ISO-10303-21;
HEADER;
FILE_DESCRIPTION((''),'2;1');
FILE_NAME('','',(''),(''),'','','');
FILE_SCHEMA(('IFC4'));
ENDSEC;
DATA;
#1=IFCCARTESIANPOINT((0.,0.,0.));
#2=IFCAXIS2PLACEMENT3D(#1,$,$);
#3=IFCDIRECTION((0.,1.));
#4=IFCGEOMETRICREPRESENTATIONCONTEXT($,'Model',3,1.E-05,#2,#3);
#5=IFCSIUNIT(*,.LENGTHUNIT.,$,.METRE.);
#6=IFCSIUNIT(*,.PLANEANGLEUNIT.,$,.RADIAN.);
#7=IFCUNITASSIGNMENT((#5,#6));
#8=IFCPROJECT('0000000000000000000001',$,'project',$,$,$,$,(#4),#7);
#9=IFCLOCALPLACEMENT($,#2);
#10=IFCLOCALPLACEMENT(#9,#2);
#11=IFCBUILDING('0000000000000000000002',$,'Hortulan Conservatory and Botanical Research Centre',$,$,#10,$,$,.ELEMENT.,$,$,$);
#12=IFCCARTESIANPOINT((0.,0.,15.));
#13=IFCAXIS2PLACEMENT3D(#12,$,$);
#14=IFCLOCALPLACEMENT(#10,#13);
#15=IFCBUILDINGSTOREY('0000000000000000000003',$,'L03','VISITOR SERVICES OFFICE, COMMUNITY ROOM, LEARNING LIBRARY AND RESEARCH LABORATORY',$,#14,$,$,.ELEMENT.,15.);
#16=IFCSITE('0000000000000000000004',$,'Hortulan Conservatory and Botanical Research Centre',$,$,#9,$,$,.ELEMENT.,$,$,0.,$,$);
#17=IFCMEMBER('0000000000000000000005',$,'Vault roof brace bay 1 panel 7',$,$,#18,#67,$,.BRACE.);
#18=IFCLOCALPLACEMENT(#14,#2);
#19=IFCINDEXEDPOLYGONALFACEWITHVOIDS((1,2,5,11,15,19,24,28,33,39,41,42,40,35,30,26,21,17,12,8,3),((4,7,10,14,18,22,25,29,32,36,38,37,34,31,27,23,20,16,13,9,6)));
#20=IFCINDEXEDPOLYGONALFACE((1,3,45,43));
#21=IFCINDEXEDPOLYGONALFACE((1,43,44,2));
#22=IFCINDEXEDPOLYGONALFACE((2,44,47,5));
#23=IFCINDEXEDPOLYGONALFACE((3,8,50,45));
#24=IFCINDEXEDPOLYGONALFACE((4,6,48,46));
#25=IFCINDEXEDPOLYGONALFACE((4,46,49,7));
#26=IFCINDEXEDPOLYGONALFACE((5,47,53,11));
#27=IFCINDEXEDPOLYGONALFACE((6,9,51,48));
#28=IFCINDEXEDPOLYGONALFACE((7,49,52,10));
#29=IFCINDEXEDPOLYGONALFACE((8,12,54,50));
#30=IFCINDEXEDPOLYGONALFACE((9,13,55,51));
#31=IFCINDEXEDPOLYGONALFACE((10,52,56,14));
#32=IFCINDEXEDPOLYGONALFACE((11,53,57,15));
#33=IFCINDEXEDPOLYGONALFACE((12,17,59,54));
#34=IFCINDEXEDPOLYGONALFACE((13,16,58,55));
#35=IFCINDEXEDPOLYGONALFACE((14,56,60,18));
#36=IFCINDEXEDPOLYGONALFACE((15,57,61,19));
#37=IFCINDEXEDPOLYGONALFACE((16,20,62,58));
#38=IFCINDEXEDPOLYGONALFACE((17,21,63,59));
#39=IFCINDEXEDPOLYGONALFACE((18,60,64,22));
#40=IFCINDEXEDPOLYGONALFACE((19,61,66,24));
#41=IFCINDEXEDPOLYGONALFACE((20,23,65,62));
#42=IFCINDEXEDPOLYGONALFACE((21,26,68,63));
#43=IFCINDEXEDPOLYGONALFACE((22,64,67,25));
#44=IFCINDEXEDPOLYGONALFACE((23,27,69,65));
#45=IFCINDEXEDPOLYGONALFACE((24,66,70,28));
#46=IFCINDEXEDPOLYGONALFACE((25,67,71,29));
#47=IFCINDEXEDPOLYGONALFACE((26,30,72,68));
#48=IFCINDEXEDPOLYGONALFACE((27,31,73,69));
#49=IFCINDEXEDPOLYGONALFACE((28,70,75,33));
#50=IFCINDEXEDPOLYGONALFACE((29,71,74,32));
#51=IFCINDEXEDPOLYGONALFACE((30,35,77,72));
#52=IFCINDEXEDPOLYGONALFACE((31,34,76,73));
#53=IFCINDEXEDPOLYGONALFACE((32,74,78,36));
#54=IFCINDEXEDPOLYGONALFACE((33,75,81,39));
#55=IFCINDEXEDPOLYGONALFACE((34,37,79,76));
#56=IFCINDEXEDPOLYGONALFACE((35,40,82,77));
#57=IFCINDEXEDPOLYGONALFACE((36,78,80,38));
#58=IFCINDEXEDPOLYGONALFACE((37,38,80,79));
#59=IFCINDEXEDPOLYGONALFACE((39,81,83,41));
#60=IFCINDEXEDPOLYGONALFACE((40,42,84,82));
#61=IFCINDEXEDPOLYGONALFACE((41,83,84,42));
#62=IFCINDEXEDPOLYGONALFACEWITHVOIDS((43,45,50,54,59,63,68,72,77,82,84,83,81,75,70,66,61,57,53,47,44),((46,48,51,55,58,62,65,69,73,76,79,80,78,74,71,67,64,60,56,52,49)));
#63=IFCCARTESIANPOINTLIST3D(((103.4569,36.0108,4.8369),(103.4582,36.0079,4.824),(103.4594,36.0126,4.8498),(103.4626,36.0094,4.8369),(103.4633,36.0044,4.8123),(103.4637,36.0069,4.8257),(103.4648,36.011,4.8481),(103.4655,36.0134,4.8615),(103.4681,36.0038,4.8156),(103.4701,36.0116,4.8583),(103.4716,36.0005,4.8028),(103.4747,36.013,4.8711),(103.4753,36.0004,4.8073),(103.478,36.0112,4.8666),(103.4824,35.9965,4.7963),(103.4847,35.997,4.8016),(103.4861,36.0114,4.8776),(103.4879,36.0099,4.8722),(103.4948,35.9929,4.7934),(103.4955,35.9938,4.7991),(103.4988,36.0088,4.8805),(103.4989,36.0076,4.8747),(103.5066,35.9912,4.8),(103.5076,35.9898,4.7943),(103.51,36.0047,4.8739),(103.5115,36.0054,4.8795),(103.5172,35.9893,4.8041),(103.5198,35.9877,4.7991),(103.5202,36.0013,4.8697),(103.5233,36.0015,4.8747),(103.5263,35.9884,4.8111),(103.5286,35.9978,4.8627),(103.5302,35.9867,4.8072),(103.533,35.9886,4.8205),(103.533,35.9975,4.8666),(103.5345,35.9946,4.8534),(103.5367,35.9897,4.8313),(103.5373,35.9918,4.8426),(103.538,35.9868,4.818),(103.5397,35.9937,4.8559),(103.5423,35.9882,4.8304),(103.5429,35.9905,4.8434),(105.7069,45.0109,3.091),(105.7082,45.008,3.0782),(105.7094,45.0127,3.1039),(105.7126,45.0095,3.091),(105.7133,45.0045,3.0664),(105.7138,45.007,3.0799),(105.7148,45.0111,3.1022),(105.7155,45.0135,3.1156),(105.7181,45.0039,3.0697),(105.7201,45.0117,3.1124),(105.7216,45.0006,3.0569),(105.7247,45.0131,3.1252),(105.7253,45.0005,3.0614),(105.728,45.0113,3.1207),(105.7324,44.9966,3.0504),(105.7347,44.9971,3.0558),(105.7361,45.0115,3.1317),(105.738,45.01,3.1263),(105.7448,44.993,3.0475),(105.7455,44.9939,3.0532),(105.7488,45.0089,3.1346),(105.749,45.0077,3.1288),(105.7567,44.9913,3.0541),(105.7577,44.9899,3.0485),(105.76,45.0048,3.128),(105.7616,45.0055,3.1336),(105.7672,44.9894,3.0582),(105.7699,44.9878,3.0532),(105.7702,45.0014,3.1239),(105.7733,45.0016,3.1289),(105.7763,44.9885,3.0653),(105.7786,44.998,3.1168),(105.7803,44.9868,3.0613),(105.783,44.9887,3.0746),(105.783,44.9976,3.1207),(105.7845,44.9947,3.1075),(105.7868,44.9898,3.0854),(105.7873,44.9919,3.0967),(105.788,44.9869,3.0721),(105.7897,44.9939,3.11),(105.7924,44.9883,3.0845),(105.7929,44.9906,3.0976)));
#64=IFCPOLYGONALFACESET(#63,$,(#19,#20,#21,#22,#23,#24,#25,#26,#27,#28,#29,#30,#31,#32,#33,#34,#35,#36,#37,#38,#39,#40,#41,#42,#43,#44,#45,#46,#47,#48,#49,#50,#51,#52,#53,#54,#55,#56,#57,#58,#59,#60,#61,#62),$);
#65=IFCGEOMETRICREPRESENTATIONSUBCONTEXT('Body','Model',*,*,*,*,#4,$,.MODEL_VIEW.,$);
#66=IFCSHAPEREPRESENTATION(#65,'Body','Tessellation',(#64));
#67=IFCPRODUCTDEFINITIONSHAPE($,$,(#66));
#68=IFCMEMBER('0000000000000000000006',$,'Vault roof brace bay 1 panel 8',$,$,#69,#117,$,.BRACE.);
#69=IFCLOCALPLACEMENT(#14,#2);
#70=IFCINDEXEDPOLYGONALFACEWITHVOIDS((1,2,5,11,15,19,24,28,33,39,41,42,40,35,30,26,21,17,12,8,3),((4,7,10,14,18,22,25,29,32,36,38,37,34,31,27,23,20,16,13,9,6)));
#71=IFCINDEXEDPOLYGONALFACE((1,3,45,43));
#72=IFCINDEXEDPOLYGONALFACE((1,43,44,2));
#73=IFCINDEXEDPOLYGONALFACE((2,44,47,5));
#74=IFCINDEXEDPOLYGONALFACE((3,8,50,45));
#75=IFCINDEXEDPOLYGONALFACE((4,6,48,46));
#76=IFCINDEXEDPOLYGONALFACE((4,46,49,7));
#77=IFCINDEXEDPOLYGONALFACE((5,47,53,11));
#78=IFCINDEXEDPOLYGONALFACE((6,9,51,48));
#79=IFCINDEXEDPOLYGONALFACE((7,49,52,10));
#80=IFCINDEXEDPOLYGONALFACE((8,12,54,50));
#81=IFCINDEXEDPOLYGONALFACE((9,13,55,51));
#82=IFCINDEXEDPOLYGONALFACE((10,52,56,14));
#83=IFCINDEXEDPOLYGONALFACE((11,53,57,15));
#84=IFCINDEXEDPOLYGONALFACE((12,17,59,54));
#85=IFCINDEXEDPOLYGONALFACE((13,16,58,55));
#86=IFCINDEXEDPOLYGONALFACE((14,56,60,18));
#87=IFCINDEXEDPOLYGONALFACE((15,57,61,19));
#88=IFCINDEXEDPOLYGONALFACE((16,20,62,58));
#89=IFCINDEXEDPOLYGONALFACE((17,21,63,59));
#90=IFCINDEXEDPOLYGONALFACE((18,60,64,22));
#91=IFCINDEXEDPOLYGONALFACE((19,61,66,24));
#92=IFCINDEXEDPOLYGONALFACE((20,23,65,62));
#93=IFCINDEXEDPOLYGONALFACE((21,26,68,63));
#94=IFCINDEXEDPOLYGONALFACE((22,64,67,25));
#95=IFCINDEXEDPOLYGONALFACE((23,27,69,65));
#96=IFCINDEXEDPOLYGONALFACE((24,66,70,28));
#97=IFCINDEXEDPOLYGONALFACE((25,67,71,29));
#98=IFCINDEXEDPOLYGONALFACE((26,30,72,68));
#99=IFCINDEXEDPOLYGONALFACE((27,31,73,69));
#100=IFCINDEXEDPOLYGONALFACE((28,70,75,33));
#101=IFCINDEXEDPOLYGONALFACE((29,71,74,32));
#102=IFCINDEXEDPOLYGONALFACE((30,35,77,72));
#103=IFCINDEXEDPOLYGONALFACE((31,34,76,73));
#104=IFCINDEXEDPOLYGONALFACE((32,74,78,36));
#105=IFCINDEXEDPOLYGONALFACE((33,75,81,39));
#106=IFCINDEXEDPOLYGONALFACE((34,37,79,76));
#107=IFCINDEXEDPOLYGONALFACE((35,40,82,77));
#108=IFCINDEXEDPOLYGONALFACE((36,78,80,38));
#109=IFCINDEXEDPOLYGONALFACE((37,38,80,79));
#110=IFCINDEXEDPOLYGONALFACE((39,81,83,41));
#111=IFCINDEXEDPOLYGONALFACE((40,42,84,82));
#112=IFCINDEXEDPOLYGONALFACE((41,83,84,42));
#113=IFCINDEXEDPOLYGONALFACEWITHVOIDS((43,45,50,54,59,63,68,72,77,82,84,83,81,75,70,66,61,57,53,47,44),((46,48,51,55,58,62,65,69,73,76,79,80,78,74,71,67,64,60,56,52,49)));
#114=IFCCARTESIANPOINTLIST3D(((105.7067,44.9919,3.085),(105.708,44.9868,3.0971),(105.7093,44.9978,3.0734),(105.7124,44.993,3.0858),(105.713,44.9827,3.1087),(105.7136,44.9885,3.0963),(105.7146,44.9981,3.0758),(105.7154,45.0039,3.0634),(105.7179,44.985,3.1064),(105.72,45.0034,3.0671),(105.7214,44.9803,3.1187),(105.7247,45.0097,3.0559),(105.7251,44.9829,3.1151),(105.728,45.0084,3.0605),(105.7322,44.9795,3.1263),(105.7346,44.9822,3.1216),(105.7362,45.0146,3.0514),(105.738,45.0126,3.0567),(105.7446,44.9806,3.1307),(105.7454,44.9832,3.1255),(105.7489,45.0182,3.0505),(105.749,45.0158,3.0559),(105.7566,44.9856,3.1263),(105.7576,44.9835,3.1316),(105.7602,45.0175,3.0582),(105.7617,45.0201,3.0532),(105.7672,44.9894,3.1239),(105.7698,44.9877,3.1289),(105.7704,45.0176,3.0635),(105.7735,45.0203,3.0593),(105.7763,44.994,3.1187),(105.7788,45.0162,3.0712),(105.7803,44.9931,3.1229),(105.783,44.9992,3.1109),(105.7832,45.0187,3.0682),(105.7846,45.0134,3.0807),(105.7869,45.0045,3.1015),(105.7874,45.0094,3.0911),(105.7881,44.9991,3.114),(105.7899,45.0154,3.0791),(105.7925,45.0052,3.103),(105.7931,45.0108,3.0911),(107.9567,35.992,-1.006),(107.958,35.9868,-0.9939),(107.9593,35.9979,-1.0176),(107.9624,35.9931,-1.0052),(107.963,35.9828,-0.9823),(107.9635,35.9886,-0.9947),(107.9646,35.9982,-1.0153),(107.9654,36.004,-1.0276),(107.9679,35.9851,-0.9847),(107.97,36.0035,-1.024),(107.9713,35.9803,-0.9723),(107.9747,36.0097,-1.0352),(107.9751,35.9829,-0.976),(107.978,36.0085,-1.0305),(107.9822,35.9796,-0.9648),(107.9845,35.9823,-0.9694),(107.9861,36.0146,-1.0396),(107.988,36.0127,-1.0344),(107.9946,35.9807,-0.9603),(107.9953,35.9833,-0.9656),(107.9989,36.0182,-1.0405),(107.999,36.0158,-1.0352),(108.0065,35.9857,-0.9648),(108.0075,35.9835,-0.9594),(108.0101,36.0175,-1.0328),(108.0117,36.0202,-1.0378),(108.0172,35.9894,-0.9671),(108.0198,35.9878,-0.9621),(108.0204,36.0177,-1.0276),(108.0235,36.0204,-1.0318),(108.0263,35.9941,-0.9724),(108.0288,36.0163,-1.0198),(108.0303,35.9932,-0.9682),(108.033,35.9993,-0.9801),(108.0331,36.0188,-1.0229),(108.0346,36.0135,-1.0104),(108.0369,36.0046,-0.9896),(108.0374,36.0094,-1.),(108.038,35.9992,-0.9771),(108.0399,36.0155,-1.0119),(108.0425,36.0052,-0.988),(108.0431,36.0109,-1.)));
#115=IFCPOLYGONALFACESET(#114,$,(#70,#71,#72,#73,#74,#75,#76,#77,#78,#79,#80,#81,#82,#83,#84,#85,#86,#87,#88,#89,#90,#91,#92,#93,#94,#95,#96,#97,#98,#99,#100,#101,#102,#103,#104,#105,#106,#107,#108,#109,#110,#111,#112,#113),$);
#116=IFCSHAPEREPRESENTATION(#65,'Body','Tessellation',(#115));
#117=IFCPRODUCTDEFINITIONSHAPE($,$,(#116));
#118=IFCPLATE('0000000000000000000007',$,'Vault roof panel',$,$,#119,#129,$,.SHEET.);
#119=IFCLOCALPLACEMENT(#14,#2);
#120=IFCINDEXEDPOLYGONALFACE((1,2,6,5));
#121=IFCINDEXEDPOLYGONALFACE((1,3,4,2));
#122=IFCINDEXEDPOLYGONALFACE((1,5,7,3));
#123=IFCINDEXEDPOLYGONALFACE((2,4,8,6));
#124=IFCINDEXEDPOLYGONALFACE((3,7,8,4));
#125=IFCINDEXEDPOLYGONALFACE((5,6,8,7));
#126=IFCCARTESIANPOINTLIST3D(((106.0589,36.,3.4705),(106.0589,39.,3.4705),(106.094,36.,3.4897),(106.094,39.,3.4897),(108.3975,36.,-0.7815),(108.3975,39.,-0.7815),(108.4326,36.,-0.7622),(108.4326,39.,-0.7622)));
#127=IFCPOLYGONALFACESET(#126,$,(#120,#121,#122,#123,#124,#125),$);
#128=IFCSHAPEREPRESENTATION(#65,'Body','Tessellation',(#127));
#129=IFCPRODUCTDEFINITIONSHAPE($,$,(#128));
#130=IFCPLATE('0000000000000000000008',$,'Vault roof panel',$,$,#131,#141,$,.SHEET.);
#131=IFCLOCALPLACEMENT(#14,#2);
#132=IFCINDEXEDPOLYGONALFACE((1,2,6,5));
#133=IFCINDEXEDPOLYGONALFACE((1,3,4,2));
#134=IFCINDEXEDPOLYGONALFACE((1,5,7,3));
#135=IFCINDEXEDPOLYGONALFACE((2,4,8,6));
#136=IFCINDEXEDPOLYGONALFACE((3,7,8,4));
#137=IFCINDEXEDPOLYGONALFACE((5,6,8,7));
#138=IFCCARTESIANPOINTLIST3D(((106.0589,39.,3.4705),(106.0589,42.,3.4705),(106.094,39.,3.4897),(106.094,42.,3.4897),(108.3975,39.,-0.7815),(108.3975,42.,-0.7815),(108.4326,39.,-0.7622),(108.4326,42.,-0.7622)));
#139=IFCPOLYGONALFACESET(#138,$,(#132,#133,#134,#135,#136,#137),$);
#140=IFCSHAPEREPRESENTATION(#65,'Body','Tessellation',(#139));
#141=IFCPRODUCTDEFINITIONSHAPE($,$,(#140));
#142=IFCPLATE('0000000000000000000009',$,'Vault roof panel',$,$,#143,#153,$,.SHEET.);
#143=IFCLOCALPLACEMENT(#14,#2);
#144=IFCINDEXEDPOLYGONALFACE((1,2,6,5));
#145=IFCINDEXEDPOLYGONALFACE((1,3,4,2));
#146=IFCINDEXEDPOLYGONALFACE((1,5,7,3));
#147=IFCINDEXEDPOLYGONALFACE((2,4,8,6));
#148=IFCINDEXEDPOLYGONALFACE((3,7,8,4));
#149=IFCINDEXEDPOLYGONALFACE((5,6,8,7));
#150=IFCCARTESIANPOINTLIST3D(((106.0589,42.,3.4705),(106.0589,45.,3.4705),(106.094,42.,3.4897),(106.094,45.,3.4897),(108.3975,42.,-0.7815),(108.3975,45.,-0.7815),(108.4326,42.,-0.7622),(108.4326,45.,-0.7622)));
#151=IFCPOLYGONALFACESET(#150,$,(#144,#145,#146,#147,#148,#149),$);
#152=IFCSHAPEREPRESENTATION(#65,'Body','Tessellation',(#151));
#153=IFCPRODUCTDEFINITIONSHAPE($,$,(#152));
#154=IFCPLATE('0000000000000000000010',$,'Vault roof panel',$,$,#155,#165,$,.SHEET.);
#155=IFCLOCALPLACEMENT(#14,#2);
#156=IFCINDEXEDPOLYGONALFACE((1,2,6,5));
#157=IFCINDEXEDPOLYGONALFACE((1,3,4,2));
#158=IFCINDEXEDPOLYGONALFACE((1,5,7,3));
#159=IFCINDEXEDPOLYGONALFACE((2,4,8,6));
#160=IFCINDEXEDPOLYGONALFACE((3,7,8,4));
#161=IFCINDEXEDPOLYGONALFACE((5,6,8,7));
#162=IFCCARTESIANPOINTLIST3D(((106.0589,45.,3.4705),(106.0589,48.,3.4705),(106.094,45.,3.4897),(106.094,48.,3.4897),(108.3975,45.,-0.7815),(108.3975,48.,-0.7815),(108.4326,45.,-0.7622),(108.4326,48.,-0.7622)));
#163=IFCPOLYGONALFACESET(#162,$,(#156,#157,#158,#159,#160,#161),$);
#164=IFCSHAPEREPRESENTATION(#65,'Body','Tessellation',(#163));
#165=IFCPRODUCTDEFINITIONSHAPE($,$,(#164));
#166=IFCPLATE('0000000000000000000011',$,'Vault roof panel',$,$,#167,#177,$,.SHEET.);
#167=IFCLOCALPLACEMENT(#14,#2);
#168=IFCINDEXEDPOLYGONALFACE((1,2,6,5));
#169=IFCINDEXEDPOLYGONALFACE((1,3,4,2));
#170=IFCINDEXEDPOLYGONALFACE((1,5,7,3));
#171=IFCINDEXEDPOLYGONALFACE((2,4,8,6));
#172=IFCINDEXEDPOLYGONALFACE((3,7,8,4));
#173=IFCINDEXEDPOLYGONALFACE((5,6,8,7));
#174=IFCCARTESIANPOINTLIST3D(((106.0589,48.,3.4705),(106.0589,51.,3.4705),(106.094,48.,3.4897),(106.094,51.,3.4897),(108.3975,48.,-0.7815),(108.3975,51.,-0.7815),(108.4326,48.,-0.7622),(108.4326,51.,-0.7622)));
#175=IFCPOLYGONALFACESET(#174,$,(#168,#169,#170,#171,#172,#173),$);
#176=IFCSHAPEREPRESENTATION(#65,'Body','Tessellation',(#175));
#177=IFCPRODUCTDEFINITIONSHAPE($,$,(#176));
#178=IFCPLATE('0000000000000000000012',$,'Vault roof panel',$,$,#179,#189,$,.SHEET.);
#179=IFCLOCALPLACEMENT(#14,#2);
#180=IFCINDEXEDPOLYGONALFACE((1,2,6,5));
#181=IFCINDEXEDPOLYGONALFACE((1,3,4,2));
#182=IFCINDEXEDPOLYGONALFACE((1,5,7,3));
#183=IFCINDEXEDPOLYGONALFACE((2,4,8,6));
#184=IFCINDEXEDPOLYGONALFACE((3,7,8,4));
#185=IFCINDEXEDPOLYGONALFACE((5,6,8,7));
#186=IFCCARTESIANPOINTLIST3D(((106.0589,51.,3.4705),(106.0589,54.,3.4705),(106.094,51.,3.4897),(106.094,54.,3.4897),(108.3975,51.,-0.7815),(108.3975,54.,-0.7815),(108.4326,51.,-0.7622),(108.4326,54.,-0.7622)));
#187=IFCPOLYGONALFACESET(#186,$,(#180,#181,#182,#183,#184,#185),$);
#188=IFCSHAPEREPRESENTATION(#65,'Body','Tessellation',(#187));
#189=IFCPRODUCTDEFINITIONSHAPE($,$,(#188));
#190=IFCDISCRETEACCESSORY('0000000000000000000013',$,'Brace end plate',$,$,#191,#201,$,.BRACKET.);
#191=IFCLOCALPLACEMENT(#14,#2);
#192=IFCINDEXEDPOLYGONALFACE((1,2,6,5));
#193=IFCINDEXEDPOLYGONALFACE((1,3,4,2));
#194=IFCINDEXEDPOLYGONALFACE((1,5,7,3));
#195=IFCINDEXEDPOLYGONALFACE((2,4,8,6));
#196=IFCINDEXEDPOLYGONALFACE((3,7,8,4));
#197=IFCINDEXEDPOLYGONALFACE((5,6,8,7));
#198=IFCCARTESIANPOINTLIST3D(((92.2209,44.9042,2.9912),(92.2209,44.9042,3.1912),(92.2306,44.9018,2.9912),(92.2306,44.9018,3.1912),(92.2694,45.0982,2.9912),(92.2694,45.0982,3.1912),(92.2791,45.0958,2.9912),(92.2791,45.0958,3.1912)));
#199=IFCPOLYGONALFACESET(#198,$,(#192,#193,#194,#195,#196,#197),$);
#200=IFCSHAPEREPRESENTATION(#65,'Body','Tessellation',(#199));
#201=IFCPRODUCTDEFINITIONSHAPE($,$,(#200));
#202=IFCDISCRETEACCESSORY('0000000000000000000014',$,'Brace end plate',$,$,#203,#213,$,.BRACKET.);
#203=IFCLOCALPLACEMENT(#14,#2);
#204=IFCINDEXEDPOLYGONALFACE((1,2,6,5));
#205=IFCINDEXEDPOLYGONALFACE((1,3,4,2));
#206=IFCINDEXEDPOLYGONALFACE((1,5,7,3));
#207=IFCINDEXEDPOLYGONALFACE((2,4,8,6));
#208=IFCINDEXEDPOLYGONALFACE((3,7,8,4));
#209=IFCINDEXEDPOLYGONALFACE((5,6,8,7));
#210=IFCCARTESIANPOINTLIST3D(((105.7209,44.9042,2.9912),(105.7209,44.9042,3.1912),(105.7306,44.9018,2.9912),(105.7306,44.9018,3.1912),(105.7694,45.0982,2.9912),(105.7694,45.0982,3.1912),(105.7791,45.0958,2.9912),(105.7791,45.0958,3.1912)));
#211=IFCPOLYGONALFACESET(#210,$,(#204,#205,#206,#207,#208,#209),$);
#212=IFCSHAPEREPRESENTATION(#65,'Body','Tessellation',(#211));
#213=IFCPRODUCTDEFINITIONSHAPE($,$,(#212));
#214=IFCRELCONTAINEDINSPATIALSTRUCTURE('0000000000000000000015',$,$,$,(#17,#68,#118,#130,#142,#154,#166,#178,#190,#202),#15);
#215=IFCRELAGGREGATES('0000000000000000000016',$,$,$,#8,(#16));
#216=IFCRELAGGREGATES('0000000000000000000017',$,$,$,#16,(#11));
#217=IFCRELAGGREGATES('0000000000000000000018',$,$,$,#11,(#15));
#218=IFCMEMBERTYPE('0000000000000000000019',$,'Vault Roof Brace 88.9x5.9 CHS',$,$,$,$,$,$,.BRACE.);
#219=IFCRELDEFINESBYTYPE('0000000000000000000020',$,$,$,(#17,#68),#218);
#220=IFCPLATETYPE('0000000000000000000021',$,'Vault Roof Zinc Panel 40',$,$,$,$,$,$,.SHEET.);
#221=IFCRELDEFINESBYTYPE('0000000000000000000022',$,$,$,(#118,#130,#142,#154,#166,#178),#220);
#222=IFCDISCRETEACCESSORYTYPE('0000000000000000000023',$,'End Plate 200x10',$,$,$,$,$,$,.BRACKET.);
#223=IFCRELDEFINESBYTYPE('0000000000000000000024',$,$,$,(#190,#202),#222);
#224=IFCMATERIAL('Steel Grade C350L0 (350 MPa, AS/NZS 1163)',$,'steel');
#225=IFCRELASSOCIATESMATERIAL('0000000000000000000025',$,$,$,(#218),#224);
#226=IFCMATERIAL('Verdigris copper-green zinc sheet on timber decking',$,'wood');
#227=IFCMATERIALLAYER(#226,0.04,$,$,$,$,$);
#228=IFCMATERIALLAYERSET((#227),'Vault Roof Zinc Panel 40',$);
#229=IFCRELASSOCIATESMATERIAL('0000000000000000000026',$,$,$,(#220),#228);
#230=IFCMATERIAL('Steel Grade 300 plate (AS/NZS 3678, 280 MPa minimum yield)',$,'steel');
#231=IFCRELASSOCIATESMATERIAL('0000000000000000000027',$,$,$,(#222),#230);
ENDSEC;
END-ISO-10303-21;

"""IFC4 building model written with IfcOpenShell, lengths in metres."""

from ifc_helpers import new_model, si_unit, direction, frame, origin, origin_2d, place, context, subcontext, project, spatial, polyline, rectangle, hollow_circle, outline, extrude, material, layer, layer_set, material_profile, profile_set, type_object, element, save


model = new_model("IFC4")

# Units and contexts
model_context = context("Model", 3, precision=1e-05, world=origin(), true_north=direction((0.0, 1.0)))
body_context = subcontext(model_context, "Body", "Model", "MODEL_VIEW")
ifc_project = project(units=[si_unit("LENGTHUNIT", "METRE"), si_unit("PLANEANGLEUNIT", "RADIAN")], contexts=[model_context])

# Site, building, storey
site_placement = place(None, origin())
site = spatial("IfcSite", under=ifc_project, at=site_placement, Name="Hortulan Conservatory and Botanical Research Centre", CompositionType="ELEMENT", RefElevation=0.0)
building_placement = place(site_placement, origin())
building = spatial("IfcBuilding", under=site, at=building_placement, Name="Hortulan Conservatory and Botanical Research Centre", CompositionType="ELEMENT")
storey_placement = place(building_placement, frame((0.0, 0.0, 15.0)))
storey = spatial("IfcBuildingStorey", under=building, at=storey_placement, Name="L03", Description="VISITOR SERVICES OFFICE, COMMUNITY ROOM, LEARNING LIBRARY AND RESEARCH LABORATORY", CompositionType="ELEMENT", Elevation=15.0)

# Members
ifc_material_1 = material(Name="Steel Grade C350L0 (350 MPa, AS/NZS 1163)", Category="steel")
ifc_material_profile_1 = material_profile(ifc_material_1, hollow_circle(Radius=0.0444, WallThickness=0.0059, at=origin_2d()), Name="88.9x5.9CHS")
ifc_profile_set_1 = profile_set([ifc_material_profile_1], Name="Steel Grade C350L0 (350 MPa, AS/NZS 1163)")
member_type_1 = type_object("IfcMemberType", Name="Vault Roof Brace 88.9x5.9 CHS", PredefinedType="BRACE", material=ifc_profile_set_1)
for number, where, z_axis, x_axis, name in (
    (1, (103.5, 36.0, 4.8369), (0.238352, 0.953406, -0.184945), (-0.970143, 0.242536, 0.0), "Vault roof brace bay 1 panel 7"),
):
    element("IfcMember", number, at=place(storey_placement, frame(where, z_axis=z_axis, x_axis=x_axis)), inside=storey, type_object=member_type_1, Name=name, PredefinedType="BRACE", context=body_context, shape_type="SweptSolid", body=[
        extrude(hollow_circle(Radius=0.0444, WallThickness=0.0059, at=origin_2d()), origin(), (0.0, 0.0, 1.0), 9.4399),
    ])
member_placement = place(storey_placement, frame((105.75, 45.0, 3.0911), z_axis=(0.221915, -0.887662, -0.403498), x_axis=(0.970143, 0.242536, 0.0)))
element("IfcMember", 2, at=member_placement, inside=storey, type_object=member_type_1, Name="Vault roof brace bay 1 panel 8", PredefinedType="BRACE", context=body_context, shape_type="SweptSolid", body=[
    extrude(hollow_circle(Radius=0.0444, WallThickness=0.0059, at=origin_2d()), origin(), (0.0, 0.0, 1.0), 10.1389),
])

# Plates
ifc_material_2 = material(Name="Verdigris copper-green zinc sheet on timber decking", Category="wood")
ifc_layer = layer(ifc_material_2, 0.04)
ifc_layer_set = layer_set([ifc_layer], Name="Vault Roof Zinc Panel 40")
plate_type = type_object("IfcPlateType", Name="Vault Roof Zinc Panel 40", PredefinedType="SHEET", material=ifc_layer_set)
for number, where, z_axis, x_axis, name in (
    (3, (106.094, 36.0, 3.4897), (0.876212, 0.0, 0.481926), (0.481926, 0.0, -0.876212), "Vault roof panel"),
    (4, (106.094, 39.0, 3.4897), (0.876212, 0.0, 0.481926), (0.481926, 0.0, -0.876212), "Vault roof panel"),
    (5, (106.094, 42.0, 3.4897), (0.876212, 0.0, 0.481926), (0.481926, 0.0, -0.876212), "Vault roof panel"),
    (6, (106.094, 45.0, 3.4897), (0.876212, 0.0, 0.481926), (0.481926, 0.0, -0.876212), "Vault roof panel"),
    (7, (106.094, 48.0, 3.4897), (0.876212, 0.0, 0.481926), (0.481926, 0.0, -0.876212), "Vault roof panel"),
    (8, (106.094, 51.0, 3.4897), (0.876212, 0.0, 0.481926), (0.481926, 0.0, -0.876212), "Vault roof panel"),
):
    element("IfcPlate", number, at=place(storey_placement, frame(where, z_axis=z_axis, x_axis=x_axis)), inside=storey, type_object=plate_type, Name=name, PredefinedType="SHEET", context=body_context, shape_type="SweptSolid", body=[
        extrude(outline(polyline([(0.0, 0.0), (4.8527, 0.0), (4.8527, 3.0), (0.0, 3.0), (0.0, 0.0)])), origin(), (0.0, 0.0, -1.0), 0.04),
    ])

# Discrete accessories
ifc_material_3 = material(Name="Steel Grade 300 plate (AS/NZS 3678, 280 MPa minimum yield)", Category="steel")
discrete_accessory_type_1 = type_object("IfcDiscreteAccessoryType", Name="End Plate 200x10", PredefinedType="BRACKET", material=ifc_material_3)
for number, where, z_axis, x_axis, name in (
    (9, (92.25, 45.0, 2.9912), (0.0, 0.0, 1.0), (0.242532, 0.970144, 0.0), "Brace end plate"),
    (10, (105.75, 45.0, 2.9912), (0.0, 0.0, 1.0), (0.242532, 0.970144, 0.0), "Brace end plate"),
):
    element("IfcDiscreteAccessory", number, at=place(storey_placement, frame(where, z_axis=z_axis, x_axis=x_axis)), inside=storey, type_object=discrete_accessory_type_1, Name=name, PredefinedType="BRACKET", context=body_context, shape_type="SweptSolid", body=[
        extrude(rectangle(XDim=0.2, YDim=0.01, at=origin_2d()), origin(), (0.0, 0.0, 1.0), 0.2),
    ])

save(model, "model.ifc")
